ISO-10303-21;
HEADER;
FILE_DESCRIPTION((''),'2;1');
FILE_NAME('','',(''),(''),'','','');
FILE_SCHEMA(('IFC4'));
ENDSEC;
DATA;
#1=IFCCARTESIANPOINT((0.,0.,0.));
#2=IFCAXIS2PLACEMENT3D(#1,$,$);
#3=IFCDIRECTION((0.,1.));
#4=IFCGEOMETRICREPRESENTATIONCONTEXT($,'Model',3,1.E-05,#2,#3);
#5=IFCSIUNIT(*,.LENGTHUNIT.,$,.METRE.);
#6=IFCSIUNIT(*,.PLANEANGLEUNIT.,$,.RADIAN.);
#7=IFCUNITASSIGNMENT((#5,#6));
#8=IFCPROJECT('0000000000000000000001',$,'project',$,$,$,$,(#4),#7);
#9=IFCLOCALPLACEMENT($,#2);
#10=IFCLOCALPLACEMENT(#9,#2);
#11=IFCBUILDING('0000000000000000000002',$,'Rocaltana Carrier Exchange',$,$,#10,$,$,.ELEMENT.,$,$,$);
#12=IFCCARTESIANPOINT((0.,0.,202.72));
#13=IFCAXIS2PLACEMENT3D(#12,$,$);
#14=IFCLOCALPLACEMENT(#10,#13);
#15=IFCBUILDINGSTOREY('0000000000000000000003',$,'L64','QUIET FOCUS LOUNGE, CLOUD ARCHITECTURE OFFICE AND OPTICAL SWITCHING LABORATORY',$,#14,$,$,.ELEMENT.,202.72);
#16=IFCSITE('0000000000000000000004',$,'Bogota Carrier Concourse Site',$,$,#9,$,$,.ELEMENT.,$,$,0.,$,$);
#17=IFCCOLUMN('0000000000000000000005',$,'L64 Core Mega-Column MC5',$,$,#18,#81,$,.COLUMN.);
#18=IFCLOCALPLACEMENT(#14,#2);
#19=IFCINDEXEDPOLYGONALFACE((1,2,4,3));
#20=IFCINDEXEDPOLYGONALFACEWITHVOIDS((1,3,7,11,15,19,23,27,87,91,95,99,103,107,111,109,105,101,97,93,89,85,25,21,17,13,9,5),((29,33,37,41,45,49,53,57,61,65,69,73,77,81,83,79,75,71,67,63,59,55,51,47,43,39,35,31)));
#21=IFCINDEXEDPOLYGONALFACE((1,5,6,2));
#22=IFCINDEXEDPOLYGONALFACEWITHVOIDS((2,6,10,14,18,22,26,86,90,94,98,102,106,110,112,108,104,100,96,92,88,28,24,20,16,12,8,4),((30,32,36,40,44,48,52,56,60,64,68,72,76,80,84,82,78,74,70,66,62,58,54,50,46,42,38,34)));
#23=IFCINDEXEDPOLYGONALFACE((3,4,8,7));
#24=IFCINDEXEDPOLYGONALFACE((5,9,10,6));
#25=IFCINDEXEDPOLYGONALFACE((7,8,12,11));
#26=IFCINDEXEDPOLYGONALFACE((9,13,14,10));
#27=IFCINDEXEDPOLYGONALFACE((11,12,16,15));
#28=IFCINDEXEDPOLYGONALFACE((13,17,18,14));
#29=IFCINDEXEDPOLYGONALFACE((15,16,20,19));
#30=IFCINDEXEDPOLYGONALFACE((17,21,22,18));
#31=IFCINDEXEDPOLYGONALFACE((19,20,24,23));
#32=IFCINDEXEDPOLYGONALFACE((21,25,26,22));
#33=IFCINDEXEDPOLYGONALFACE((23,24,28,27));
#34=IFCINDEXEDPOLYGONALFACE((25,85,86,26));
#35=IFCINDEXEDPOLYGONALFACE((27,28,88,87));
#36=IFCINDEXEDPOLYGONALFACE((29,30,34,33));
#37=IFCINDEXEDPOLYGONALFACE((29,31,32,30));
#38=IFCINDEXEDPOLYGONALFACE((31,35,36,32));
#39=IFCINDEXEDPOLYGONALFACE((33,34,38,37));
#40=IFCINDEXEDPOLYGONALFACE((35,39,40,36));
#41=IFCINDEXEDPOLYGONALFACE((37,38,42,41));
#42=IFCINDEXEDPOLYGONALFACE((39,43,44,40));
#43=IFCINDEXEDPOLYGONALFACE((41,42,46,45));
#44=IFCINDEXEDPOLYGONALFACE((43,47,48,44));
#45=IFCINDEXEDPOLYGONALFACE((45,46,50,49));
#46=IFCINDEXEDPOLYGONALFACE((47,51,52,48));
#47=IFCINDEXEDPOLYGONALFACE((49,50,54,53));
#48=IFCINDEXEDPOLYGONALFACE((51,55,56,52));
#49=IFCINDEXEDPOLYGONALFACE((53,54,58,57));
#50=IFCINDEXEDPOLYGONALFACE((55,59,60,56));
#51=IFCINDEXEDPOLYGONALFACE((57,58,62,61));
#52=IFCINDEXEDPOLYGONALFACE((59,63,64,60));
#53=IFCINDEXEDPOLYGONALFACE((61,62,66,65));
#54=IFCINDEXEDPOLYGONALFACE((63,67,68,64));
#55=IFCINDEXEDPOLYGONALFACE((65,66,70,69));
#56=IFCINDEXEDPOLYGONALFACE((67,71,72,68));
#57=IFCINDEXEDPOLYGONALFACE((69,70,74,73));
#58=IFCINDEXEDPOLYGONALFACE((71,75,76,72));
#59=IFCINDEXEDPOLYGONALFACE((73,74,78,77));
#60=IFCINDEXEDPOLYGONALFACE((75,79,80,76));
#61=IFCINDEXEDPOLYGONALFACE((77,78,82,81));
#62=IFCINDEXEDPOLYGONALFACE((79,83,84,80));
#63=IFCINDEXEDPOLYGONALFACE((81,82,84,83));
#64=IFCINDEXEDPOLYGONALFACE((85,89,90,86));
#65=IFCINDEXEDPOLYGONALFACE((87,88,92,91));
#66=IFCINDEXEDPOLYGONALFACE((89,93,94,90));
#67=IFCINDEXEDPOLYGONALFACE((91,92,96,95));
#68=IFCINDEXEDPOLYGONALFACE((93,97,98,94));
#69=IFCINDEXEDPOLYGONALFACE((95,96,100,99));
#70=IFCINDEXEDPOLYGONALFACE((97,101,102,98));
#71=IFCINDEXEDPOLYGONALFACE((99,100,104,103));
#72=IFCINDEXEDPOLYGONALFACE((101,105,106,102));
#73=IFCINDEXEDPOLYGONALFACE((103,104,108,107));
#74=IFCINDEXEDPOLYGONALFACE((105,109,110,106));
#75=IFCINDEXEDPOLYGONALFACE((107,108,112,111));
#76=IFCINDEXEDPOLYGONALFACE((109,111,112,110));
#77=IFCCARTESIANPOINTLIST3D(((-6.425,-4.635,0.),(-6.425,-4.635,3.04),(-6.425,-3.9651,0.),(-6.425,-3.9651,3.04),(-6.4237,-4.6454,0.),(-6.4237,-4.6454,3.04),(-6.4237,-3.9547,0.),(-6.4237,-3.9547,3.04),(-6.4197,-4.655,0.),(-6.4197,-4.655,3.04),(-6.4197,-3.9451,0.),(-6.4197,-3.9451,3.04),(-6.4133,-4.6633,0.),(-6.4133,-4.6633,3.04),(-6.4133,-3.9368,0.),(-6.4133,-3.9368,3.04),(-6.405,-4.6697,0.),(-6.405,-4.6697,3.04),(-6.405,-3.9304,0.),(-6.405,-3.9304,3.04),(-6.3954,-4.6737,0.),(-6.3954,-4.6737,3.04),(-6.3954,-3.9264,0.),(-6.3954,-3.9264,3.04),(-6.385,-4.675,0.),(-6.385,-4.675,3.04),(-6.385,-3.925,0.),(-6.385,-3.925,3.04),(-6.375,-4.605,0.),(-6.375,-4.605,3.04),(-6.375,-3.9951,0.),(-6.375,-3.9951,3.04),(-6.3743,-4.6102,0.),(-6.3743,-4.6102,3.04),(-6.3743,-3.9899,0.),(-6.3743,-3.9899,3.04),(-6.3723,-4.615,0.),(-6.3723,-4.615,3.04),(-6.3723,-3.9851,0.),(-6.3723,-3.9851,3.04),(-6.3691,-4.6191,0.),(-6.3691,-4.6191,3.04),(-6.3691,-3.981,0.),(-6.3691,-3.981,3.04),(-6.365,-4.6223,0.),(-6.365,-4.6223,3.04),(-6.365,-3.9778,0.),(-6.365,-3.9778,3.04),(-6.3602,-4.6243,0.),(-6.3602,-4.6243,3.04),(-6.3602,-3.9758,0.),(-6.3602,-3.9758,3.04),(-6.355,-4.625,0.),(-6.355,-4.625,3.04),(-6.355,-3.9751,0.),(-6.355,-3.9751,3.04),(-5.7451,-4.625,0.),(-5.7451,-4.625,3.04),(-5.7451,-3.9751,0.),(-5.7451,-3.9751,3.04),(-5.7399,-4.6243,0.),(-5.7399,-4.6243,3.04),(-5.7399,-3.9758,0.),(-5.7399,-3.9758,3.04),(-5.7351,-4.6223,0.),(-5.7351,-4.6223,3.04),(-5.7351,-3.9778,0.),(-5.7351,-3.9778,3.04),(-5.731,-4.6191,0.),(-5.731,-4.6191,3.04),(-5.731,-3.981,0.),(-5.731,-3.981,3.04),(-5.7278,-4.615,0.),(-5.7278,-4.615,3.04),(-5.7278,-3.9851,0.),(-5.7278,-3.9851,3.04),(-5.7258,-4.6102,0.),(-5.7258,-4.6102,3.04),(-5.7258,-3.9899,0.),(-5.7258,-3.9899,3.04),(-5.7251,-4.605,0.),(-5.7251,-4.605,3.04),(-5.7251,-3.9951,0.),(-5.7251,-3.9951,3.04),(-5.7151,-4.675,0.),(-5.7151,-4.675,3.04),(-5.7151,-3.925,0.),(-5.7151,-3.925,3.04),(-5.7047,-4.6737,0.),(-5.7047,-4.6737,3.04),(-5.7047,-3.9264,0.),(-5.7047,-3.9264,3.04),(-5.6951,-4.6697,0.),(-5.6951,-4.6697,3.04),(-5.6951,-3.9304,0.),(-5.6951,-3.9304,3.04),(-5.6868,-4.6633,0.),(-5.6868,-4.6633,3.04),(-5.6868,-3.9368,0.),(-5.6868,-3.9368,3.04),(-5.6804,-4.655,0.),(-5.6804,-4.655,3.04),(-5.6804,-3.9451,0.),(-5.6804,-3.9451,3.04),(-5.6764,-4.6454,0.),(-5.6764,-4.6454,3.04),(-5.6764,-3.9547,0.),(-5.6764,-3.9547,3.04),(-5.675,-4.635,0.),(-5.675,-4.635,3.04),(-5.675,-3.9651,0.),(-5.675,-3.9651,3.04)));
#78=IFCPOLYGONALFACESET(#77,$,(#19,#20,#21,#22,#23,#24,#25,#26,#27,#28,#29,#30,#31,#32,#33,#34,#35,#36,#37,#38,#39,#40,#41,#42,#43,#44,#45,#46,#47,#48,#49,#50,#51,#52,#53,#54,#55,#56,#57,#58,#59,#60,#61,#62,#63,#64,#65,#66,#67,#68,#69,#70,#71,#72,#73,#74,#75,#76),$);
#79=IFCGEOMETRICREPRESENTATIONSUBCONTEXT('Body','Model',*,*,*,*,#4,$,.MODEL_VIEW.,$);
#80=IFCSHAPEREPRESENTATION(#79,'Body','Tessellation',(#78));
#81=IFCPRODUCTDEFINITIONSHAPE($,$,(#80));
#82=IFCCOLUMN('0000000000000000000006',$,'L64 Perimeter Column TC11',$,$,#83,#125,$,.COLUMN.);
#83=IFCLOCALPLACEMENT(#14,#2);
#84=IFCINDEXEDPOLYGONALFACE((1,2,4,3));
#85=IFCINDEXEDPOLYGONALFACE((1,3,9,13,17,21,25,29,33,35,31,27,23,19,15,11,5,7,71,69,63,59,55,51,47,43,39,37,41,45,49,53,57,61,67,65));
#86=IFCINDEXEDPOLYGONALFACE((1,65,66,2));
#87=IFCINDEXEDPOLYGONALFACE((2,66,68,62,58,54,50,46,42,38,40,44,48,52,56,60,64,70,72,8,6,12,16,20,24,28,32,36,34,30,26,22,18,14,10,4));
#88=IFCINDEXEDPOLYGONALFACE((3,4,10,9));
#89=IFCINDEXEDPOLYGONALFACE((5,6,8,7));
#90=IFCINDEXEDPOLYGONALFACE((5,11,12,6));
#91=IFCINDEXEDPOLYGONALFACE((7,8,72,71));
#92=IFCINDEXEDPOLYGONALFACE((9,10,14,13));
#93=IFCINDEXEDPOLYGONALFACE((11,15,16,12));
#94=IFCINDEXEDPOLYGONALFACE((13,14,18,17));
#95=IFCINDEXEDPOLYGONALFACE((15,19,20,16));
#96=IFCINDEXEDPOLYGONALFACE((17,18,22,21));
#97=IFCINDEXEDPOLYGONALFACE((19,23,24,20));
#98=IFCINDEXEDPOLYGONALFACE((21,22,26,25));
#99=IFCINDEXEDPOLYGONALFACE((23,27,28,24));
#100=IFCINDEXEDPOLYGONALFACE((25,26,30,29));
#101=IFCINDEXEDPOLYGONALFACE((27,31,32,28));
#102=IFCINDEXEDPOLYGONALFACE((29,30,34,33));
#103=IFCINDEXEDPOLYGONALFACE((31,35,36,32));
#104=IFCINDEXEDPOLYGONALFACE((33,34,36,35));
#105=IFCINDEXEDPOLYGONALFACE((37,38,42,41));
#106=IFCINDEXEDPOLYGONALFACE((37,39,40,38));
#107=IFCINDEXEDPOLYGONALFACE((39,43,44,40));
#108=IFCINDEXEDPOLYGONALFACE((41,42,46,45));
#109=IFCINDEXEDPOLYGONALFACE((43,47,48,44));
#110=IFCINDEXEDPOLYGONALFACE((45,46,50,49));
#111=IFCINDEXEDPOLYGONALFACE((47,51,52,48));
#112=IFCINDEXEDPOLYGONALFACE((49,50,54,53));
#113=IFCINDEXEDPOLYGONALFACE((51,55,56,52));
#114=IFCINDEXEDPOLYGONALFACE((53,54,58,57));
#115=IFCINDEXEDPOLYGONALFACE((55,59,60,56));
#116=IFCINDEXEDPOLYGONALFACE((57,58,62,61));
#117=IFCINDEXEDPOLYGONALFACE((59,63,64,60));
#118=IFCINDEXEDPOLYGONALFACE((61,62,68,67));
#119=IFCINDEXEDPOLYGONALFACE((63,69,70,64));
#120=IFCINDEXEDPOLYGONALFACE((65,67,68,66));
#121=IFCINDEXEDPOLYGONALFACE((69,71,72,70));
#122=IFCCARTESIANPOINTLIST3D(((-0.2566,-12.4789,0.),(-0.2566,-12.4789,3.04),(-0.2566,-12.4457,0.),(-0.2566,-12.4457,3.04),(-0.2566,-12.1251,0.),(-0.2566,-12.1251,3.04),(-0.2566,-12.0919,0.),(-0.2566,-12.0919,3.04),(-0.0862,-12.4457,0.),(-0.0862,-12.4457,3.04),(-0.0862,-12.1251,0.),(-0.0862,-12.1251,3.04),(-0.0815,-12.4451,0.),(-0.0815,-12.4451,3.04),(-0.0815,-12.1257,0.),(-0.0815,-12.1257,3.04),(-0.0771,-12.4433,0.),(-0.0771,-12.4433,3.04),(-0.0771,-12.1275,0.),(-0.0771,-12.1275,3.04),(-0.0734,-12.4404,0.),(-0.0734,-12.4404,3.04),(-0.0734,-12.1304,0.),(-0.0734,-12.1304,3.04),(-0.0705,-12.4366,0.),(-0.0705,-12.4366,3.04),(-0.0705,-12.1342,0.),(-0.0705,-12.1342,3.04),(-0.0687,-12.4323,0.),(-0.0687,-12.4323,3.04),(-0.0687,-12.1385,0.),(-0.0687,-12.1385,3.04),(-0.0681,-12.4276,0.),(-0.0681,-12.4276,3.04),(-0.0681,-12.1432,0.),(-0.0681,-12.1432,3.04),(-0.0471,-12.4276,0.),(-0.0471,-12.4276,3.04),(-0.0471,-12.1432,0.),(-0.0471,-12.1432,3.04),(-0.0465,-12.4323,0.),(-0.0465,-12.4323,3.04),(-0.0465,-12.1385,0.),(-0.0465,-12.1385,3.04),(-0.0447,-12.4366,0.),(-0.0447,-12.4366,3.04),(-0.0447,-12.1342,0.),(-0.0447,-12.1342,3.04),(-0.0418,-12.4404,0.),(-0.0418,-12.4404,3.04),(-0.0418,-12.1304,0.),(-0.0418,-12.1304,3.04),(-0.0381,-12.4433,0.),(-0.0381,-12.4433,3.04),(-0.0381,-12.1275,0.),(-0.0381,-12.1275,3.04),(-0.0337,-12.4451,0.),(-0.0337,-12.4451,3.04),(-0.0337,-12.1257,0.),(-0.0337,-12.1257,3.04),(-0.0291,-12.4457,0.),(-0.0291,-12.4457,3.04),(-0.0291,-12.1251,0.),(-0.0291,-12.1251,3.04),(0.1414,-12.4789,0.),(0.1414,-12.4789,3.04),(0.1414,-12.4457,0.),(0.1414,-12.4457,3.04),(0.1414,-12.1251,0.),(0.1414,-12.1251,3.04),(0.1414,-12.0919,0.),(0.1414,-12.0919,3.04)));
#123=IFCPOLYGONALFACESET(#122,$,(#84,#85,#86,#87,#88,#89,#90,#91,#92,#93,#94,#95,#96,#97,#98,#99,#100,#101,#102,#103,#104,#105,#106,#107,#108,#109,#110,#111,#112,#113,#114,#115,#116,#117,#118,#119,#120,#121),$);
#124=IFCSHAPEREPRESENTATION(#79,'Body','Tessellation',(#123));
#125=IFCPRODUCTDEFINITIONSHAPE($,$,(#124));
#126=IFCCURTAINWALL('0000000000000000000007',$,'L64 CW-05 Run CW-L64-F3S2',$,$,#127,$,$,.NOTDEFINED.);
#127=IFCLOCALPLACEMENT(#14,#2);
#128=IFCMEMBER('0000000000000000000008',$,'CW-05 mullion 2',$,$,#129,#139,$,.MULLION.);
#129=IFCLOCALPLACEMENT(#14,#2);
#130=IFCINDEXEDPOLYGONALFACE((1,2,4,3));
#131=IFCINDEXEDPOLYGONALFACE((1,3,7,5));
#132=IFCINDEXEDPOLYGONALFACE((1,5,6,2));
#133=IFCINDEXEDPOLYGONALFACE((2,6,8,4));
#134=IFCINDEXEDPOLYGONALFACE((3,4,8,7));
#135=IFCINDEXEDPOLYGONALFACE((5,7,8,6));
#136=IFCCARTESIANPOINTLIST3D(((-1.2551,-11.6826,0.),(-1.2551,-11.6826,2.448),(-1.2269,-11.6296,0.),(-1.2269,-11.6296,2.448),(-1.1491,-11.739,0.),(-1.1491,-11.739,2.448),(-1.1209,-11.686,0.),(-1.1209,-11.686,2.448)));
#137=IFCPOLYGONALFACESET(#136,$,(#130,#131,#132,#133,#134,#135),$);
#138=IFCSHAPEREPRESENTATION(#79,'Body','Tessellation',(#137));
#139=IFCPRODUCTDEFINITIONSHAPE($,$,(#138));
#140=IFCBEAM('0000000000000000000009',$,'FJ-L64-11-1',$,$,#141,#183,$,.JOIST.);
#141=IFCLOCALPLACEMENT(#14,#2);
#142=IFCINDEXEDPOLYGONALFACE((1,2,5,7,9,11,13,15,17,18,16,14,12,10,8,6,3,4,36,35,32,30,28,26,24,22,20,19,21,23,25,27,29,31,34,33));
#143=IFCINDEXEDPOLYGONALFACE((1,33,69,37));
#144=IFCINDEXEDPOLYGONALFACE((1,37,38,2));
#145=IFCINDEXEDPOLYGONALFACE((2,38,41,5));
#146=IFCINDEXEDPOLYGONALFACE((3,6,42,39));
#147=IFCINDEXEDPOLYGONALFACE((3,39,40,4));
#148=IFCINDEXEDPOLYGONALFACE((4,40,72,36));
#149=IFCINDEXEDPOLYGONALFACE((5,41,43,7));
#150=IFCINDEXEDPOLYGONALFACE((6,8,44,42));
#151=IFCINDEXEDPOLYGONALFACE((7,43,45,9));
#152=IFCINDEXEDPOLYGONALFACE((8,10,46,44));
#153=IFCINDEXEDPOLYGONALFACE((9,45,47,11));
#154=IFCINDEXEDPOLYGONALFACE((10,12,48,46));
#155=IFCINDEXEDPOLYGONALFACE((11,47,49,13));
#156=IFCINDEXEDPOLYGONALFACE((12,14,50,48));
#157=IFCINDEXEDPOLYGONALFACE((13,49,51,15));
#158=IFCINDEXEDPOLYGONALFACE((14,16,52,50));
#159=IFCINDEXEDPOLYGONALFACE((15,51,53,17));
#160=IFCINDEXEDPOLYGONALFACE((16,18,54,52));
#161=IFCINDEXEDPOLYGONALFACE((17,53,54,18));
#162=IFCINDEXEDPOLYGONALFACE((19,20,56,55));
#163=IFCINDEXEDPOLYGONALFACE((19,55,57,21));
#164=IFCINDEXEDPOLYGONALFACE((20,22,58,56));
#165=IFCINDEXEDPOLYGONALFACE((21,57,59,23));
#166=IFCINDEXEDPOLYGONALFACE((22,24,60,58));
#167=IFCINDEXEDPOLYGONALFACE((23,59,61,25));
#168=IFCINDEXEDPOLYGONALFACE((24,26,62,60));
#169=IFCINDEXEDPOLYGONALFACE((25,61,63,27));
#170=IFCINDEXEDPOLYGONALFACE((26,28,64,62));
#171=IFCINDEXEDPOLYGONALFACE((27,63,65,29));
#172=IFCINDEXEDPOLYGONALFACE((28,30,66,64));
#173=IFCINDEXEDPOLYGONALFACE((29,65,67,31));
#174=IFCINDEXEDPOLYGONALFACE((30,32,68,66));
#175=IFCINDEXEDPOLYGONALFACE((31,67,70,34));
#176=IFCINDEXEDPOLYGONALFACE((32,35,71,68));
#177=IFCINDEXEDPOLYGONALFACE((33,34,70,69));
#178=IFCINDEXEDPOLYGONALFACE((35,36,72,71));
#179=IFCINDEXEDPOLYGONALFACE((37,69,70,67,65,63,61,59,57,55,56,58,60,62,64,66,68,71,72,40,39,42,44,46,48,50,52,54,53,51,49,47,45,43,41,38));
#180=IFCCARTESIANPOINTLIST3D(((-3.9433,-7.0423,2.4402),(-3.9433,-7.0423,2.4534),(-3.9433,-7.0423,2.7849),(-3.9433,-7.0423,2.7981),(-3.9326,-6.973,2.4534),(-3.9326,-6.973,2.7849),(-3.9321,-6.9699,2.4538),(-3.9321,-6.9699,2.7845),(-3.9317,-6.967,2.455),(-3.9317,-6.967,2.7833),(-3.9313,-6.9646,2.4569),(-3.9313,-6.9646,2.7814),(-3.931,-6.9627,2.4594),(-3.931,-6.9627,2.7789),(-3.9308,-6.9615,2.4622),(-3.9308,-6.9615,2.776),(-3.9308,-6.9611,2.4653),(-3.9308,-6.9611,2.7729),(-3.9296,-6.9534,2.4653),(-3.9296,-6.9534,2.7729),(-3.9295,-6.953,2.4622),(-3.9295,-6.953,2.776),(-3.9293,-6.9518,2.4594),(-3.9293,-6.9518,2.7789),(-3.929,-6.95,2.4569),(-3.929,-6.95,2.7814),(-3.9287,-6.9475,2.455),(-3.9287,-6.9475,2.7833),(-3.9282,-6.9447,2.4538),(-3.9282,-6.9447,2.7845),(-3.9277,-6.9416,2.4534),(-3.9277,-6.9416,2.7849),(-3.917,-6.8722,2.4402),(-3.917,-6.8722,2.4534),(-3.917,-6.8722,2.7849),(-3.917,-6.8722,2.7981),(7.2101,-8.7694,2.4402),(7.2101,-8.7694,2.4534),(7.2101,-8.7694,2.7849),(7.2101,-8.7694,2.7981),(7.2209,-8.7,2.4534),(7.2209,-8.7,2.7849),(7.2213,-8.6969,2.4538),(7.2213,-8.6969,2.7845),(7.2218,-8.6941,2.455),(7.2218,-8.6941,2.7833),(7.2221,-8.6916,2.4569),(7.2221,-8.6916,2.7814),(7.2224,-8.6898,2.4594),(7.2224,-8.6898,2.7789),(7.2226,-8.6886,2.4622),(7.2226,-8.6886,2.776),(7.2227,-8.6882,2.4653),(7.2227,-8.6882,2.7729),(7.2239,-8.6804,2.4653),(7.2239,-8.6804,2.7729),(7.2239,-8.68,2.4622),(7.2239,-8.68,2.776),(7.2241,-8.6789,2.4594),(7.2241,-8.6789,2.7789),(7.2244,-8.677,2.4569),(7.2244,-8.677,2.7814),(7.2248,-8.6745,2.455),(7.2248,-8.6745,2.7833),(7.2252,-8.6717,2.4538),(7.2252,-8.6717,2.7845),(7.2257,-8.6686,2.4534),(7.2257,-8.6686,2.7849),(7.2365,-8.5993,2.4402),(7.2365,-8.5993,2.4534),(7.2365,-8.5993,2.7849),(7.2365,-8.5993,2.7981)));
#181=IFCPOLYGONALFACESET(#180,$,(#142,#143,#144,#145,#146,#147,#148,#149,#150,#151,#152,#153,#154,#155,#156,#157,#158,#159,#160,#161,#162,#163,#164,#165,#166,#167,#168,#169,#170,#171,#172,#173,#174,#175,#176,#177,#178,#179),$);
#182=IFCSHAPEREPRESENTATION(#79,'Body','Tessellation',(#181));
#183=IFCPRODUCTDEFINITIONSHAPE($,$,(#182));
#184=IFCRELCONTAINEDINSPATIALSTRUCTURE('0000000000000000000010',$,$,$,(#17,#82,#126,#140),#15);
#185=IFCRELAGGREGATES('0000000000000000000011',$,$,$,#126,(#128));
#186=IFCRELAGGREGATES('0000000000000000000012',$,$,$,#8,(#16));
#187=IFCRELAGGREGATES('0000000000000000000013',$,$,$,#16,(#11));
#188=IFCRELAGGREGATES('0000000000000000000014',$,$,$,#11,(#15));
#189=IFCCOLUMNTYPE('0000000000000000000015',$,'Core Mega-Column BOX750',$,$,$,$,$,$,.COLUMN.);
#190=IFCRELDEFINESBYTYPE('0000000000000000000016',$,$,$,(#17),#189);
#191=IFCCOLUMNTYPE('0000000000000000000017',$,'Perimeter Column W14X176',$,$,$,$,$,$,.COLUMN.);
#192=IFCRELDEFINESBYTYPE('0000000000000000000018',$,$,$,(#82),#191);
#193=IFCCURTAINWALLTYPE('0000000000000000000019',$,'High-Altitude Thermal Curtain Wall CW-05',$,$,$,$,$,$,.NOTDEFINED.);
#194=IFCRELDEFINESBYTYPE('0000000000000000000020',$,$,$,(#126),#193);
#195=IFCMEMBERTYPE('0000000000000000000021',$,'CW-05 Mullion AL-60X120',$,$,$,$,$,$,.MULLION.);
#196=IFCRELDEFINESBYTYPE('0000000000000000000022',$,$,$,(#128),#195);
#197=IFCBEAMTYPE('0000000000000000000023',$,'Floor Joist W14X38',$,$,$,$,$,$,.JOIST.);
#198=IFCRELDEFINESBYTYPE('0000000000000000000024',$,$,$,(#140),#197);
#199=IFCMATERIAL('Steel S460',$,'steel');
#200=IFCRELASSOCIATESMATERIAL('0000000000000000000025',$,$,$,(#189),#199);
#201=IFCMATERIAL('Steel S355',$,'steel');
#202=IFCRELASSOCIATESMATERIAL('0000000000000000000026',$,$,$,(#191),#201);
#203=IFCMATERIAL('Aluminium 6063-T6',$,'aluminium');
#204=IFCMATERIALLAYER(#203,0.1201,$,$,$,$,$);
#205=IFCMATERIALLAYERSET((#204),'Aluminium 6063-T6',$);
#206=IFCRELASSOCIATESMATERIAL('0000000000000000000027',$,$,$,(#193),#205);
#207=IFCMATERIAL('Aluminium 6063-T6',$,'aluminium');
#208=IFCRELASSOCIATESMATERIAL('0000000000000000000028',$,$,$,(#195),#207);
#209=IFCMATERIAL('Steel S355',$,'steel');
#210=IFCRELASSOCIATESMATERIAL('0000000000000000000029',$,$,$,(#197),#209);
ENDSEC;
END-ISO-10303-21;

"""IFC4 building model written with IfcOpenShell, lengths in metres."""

from ifc_helpers import new_model, si_unit, direction, frame, origin, origin_2d, place, context, subcontext, project, spatial, rectangle, hollow_rectangle, i_section, extrude, material, layer, layer_set, material_profile, profile_set, type_object, element, aggregate, save


model = new_model("IFC4")

# Units and contexts
model_context = context("Model", 3, precision=1e-05, world=origin(), true_north=direction((0.0, 1.0)))
body_context = subcontext(model_context, "Body", "Model", "MODEL_VIEW")
ifc_project = project(units=[si_unit("LENGTHUNIT", "METRE"), si_unit("PLANEANGLEUNIT", "RADIAN")], contexts=[model_context])

# Site, building, storey
site_placement = place(None, origin())
site = spatial("IfcSite", under=ifc_project, at=site_placement, Name="Bogota Carrier Concourse Site", CompositionType="ELEMENT", RefElevation=0.0)
building_placement = place(site_placement, origin())
building = spatial("IfcBuilding", under=site, at=building_placement, Name="Rocaltana Carrier Exchange", CompositionType="ELEMENT")
storey_placement = place(building_placement, frame((0.0, 0.0, 202.72)))
storey = spatial("IfcBuildingStorey", under=building, at=storey_placement, Name="L64", Description="QUIET FOCUS LOUNGE, CLOUD ARCHITECTURE OFFICE AND OPTICAL SWITCHING LABORATORY", CompositionType="ELEMENT", Elevation=202.72)

# Columns
ifc_material_1 = material(Name="Steel S460", Category="steel")
ifc_material_profile_1 = material_profile(ifc_material_1, hollow_rectangle(XDim=0.75, YDim=0.75, WallThickness=0.05, InnerFilletRadius=0.02, OuterFilletRadius=0.04, at=origin_2d()), Name="BOX750X750X50")
ifc_profile_set_1 = profile_set([ifc_material_profile_1], Name="Steel S460")
column_type_1 = type_object("IfcColumnType", Name="Core Mega-Column BOX750", PredefinedType="COLUMN", material=ifc_profile_set_1)
column_1_placement = place(storey_placement, frame((-6.05, -4.3, 0.0), z_axis=(0.0, 0.0, 1.0), x_axis=(1.0, 0.0, 0.0)))
element("IfcColumn", 1, at=column_1_placement, inside=storey, type_object=column_type_1, Name="L64 Core Mega-Column MC5", PredefinedType="COLUMN", context=body_context, shape_type="SweptSolid", body=[
    extrude(hollow_rectangle(XDim=0.75, YDim=0.75, WallThickness=0.05, InnerFilletRadius=0.02, OuterFilletRadius=0.04, at=origin_2d()), origin(), (0.0, 0.0, 1.0), 3.04),
])
ifc_material_2 = material(Name="Steel S355", Category="steel")
ifc_material_profile_2 = material_profile(ifc_material_2, i_section(OverallWidth=0.3979, OverallDepth=0.387, WebThickness=0.021, FlangeThickness=0.0332, FilletRadius=0.0181, at=origin_2d()), Name="W14X176")
ifc_profile_set_2 = profile_set([ifc_material_profile_2], Name="Steel S355")
column_type_2 = type_object("IfcColumnType", Name="Perimeter Column W14X176", PredefinedType="COLUMN", material=ifc_profile_set_2)
column_2_placement = place(storey_placement, frame((-0.0576, -12.2854, 0.0), z_axis=(0.0, 0.0, 1.0), x_axis=(1.0, 0.0, 0.0)))
element("IfcColumn", 2, at=column_2_placement, inside=storey, type_object=column_type_2, Name="L64 Perimeter Column TC11", PredefinedType="COLUMN", context=body_context, shape_type="SweptSolid", body=[
    extrude(i_section(OverallWidth=0.3979, OverallDepth=0.387, WebThickness=0.021, FlangeThickness=0.0332, FilletRadius=0.0181, at=origin_2d()), origin(), (0.0, 0.0, 1.0), 3.04),
])

# Curtain wall, member
ifc_material_3 = material(Name="Aluminium 6063-T6", Category="aluminium")
ifc_layer_1 = layer(ifc_material_3, 0.1201)
ifc_layer_set_1 = layer_set([ifc_layer_1], Name="Aluminium 6063-T6")
curtain_wall_type = type_object("IfcCurtainWallType", Name="High-Altitude Thermal Curtain Wall CW-05", PredefinedType="NOTDEFINED", material=ifc_layer_set_1)
curtain_wall_placement = place(storey_placement, origin())
curtain_wall = element("IfcCurtainWall", 3, at=curtain_wall_placement, inside=storey, type_object=curtain_wall_type, Name="L64 CW-05 Run CW-L64-F3S2", PredefinedType="NOTDEFINED")
ifc_material_4 = material(Name="Aluminium 6063-T6", Category="aluminium")
ifc_material_profile_3 = material_profile(ifc_material_4, rectangle(XDim=0.0601, YDim=0.1201, at=origin_2d()), Name="AL-60X120")
ifc_profile_set_3 = profile_set([ifc_material_profile_3], Name="Aluminium 6063-T6")
member_type = type_object("IfcMemberType", Name="CW-05 Mullion AL-60X120", PredefinedType="MULLION", material=ifc_profile_set_3)
member_placement = place(storey_placement, frame((-1.188, -11.6843, 0.0), z_axis=(0.0, 0.0, 1.0), x_axis=(0.469479, 0.882943, 0.0)))
member = element("IfcMember", 4, at=member_placement, type_object=member_type, Name="CW-05 mullion 2", PredefinedType="MULLION", context=body_context, shape_type="SweptSolid", body=[
    extrude(rectangle(XDim=0.0601, YDim=0.1201, at=origin_2d()), origin(), (0.0, 0.0, 1.0), 2.448),
])

# Beam
ifc_material_5 = material(Name="Steel S355", Category="steel")
ifc_material_profile_4 = material_profile(ifc_material_5, i_section(OverallWidth=0.1721, OverallDepth=0.3579, WebThickness=0.0078, FlangeThickness=0.0132, FilletRadius=0.012, at=origin_2d()), Name="W14X38")
ifc_profile_set_4 = profile_set([ifc_material_profile_4], Name="Steel S355")
beam_type_1 = type_object("IfcBeamType", Name="Floor Joist W14X38", PredefinedType="JOIST", material=ifc_profile_set_4)
beam_1_placement = place(storey_placement, frame((-3.9302, -6.9573, 2.6191), z_axis=(0.988223, -0.153019, 0.0), x_axis=(0.153019, 0.988223, 0.0)))
element("IfcBeam", 5, at=beam_1_placement, inside=storey, type_object=beam_type_1, Name="FJ-L64-11-1", PredefinedType="JOIST", context=body_context, shape_type="SweptSolid", body=[
    extrude(i_section(OverallWidth=0.1721, OverallDepth=0.3579, WebThickness=0.0078, FlangeThickness=0.0132, FilletRadius=0.012, at=origin_2d()), origin(), (0.0, 0.0, 1.0), 11.2864),
])

aggregate(curtain_wall, [member])

save(model, "model.ifc")
